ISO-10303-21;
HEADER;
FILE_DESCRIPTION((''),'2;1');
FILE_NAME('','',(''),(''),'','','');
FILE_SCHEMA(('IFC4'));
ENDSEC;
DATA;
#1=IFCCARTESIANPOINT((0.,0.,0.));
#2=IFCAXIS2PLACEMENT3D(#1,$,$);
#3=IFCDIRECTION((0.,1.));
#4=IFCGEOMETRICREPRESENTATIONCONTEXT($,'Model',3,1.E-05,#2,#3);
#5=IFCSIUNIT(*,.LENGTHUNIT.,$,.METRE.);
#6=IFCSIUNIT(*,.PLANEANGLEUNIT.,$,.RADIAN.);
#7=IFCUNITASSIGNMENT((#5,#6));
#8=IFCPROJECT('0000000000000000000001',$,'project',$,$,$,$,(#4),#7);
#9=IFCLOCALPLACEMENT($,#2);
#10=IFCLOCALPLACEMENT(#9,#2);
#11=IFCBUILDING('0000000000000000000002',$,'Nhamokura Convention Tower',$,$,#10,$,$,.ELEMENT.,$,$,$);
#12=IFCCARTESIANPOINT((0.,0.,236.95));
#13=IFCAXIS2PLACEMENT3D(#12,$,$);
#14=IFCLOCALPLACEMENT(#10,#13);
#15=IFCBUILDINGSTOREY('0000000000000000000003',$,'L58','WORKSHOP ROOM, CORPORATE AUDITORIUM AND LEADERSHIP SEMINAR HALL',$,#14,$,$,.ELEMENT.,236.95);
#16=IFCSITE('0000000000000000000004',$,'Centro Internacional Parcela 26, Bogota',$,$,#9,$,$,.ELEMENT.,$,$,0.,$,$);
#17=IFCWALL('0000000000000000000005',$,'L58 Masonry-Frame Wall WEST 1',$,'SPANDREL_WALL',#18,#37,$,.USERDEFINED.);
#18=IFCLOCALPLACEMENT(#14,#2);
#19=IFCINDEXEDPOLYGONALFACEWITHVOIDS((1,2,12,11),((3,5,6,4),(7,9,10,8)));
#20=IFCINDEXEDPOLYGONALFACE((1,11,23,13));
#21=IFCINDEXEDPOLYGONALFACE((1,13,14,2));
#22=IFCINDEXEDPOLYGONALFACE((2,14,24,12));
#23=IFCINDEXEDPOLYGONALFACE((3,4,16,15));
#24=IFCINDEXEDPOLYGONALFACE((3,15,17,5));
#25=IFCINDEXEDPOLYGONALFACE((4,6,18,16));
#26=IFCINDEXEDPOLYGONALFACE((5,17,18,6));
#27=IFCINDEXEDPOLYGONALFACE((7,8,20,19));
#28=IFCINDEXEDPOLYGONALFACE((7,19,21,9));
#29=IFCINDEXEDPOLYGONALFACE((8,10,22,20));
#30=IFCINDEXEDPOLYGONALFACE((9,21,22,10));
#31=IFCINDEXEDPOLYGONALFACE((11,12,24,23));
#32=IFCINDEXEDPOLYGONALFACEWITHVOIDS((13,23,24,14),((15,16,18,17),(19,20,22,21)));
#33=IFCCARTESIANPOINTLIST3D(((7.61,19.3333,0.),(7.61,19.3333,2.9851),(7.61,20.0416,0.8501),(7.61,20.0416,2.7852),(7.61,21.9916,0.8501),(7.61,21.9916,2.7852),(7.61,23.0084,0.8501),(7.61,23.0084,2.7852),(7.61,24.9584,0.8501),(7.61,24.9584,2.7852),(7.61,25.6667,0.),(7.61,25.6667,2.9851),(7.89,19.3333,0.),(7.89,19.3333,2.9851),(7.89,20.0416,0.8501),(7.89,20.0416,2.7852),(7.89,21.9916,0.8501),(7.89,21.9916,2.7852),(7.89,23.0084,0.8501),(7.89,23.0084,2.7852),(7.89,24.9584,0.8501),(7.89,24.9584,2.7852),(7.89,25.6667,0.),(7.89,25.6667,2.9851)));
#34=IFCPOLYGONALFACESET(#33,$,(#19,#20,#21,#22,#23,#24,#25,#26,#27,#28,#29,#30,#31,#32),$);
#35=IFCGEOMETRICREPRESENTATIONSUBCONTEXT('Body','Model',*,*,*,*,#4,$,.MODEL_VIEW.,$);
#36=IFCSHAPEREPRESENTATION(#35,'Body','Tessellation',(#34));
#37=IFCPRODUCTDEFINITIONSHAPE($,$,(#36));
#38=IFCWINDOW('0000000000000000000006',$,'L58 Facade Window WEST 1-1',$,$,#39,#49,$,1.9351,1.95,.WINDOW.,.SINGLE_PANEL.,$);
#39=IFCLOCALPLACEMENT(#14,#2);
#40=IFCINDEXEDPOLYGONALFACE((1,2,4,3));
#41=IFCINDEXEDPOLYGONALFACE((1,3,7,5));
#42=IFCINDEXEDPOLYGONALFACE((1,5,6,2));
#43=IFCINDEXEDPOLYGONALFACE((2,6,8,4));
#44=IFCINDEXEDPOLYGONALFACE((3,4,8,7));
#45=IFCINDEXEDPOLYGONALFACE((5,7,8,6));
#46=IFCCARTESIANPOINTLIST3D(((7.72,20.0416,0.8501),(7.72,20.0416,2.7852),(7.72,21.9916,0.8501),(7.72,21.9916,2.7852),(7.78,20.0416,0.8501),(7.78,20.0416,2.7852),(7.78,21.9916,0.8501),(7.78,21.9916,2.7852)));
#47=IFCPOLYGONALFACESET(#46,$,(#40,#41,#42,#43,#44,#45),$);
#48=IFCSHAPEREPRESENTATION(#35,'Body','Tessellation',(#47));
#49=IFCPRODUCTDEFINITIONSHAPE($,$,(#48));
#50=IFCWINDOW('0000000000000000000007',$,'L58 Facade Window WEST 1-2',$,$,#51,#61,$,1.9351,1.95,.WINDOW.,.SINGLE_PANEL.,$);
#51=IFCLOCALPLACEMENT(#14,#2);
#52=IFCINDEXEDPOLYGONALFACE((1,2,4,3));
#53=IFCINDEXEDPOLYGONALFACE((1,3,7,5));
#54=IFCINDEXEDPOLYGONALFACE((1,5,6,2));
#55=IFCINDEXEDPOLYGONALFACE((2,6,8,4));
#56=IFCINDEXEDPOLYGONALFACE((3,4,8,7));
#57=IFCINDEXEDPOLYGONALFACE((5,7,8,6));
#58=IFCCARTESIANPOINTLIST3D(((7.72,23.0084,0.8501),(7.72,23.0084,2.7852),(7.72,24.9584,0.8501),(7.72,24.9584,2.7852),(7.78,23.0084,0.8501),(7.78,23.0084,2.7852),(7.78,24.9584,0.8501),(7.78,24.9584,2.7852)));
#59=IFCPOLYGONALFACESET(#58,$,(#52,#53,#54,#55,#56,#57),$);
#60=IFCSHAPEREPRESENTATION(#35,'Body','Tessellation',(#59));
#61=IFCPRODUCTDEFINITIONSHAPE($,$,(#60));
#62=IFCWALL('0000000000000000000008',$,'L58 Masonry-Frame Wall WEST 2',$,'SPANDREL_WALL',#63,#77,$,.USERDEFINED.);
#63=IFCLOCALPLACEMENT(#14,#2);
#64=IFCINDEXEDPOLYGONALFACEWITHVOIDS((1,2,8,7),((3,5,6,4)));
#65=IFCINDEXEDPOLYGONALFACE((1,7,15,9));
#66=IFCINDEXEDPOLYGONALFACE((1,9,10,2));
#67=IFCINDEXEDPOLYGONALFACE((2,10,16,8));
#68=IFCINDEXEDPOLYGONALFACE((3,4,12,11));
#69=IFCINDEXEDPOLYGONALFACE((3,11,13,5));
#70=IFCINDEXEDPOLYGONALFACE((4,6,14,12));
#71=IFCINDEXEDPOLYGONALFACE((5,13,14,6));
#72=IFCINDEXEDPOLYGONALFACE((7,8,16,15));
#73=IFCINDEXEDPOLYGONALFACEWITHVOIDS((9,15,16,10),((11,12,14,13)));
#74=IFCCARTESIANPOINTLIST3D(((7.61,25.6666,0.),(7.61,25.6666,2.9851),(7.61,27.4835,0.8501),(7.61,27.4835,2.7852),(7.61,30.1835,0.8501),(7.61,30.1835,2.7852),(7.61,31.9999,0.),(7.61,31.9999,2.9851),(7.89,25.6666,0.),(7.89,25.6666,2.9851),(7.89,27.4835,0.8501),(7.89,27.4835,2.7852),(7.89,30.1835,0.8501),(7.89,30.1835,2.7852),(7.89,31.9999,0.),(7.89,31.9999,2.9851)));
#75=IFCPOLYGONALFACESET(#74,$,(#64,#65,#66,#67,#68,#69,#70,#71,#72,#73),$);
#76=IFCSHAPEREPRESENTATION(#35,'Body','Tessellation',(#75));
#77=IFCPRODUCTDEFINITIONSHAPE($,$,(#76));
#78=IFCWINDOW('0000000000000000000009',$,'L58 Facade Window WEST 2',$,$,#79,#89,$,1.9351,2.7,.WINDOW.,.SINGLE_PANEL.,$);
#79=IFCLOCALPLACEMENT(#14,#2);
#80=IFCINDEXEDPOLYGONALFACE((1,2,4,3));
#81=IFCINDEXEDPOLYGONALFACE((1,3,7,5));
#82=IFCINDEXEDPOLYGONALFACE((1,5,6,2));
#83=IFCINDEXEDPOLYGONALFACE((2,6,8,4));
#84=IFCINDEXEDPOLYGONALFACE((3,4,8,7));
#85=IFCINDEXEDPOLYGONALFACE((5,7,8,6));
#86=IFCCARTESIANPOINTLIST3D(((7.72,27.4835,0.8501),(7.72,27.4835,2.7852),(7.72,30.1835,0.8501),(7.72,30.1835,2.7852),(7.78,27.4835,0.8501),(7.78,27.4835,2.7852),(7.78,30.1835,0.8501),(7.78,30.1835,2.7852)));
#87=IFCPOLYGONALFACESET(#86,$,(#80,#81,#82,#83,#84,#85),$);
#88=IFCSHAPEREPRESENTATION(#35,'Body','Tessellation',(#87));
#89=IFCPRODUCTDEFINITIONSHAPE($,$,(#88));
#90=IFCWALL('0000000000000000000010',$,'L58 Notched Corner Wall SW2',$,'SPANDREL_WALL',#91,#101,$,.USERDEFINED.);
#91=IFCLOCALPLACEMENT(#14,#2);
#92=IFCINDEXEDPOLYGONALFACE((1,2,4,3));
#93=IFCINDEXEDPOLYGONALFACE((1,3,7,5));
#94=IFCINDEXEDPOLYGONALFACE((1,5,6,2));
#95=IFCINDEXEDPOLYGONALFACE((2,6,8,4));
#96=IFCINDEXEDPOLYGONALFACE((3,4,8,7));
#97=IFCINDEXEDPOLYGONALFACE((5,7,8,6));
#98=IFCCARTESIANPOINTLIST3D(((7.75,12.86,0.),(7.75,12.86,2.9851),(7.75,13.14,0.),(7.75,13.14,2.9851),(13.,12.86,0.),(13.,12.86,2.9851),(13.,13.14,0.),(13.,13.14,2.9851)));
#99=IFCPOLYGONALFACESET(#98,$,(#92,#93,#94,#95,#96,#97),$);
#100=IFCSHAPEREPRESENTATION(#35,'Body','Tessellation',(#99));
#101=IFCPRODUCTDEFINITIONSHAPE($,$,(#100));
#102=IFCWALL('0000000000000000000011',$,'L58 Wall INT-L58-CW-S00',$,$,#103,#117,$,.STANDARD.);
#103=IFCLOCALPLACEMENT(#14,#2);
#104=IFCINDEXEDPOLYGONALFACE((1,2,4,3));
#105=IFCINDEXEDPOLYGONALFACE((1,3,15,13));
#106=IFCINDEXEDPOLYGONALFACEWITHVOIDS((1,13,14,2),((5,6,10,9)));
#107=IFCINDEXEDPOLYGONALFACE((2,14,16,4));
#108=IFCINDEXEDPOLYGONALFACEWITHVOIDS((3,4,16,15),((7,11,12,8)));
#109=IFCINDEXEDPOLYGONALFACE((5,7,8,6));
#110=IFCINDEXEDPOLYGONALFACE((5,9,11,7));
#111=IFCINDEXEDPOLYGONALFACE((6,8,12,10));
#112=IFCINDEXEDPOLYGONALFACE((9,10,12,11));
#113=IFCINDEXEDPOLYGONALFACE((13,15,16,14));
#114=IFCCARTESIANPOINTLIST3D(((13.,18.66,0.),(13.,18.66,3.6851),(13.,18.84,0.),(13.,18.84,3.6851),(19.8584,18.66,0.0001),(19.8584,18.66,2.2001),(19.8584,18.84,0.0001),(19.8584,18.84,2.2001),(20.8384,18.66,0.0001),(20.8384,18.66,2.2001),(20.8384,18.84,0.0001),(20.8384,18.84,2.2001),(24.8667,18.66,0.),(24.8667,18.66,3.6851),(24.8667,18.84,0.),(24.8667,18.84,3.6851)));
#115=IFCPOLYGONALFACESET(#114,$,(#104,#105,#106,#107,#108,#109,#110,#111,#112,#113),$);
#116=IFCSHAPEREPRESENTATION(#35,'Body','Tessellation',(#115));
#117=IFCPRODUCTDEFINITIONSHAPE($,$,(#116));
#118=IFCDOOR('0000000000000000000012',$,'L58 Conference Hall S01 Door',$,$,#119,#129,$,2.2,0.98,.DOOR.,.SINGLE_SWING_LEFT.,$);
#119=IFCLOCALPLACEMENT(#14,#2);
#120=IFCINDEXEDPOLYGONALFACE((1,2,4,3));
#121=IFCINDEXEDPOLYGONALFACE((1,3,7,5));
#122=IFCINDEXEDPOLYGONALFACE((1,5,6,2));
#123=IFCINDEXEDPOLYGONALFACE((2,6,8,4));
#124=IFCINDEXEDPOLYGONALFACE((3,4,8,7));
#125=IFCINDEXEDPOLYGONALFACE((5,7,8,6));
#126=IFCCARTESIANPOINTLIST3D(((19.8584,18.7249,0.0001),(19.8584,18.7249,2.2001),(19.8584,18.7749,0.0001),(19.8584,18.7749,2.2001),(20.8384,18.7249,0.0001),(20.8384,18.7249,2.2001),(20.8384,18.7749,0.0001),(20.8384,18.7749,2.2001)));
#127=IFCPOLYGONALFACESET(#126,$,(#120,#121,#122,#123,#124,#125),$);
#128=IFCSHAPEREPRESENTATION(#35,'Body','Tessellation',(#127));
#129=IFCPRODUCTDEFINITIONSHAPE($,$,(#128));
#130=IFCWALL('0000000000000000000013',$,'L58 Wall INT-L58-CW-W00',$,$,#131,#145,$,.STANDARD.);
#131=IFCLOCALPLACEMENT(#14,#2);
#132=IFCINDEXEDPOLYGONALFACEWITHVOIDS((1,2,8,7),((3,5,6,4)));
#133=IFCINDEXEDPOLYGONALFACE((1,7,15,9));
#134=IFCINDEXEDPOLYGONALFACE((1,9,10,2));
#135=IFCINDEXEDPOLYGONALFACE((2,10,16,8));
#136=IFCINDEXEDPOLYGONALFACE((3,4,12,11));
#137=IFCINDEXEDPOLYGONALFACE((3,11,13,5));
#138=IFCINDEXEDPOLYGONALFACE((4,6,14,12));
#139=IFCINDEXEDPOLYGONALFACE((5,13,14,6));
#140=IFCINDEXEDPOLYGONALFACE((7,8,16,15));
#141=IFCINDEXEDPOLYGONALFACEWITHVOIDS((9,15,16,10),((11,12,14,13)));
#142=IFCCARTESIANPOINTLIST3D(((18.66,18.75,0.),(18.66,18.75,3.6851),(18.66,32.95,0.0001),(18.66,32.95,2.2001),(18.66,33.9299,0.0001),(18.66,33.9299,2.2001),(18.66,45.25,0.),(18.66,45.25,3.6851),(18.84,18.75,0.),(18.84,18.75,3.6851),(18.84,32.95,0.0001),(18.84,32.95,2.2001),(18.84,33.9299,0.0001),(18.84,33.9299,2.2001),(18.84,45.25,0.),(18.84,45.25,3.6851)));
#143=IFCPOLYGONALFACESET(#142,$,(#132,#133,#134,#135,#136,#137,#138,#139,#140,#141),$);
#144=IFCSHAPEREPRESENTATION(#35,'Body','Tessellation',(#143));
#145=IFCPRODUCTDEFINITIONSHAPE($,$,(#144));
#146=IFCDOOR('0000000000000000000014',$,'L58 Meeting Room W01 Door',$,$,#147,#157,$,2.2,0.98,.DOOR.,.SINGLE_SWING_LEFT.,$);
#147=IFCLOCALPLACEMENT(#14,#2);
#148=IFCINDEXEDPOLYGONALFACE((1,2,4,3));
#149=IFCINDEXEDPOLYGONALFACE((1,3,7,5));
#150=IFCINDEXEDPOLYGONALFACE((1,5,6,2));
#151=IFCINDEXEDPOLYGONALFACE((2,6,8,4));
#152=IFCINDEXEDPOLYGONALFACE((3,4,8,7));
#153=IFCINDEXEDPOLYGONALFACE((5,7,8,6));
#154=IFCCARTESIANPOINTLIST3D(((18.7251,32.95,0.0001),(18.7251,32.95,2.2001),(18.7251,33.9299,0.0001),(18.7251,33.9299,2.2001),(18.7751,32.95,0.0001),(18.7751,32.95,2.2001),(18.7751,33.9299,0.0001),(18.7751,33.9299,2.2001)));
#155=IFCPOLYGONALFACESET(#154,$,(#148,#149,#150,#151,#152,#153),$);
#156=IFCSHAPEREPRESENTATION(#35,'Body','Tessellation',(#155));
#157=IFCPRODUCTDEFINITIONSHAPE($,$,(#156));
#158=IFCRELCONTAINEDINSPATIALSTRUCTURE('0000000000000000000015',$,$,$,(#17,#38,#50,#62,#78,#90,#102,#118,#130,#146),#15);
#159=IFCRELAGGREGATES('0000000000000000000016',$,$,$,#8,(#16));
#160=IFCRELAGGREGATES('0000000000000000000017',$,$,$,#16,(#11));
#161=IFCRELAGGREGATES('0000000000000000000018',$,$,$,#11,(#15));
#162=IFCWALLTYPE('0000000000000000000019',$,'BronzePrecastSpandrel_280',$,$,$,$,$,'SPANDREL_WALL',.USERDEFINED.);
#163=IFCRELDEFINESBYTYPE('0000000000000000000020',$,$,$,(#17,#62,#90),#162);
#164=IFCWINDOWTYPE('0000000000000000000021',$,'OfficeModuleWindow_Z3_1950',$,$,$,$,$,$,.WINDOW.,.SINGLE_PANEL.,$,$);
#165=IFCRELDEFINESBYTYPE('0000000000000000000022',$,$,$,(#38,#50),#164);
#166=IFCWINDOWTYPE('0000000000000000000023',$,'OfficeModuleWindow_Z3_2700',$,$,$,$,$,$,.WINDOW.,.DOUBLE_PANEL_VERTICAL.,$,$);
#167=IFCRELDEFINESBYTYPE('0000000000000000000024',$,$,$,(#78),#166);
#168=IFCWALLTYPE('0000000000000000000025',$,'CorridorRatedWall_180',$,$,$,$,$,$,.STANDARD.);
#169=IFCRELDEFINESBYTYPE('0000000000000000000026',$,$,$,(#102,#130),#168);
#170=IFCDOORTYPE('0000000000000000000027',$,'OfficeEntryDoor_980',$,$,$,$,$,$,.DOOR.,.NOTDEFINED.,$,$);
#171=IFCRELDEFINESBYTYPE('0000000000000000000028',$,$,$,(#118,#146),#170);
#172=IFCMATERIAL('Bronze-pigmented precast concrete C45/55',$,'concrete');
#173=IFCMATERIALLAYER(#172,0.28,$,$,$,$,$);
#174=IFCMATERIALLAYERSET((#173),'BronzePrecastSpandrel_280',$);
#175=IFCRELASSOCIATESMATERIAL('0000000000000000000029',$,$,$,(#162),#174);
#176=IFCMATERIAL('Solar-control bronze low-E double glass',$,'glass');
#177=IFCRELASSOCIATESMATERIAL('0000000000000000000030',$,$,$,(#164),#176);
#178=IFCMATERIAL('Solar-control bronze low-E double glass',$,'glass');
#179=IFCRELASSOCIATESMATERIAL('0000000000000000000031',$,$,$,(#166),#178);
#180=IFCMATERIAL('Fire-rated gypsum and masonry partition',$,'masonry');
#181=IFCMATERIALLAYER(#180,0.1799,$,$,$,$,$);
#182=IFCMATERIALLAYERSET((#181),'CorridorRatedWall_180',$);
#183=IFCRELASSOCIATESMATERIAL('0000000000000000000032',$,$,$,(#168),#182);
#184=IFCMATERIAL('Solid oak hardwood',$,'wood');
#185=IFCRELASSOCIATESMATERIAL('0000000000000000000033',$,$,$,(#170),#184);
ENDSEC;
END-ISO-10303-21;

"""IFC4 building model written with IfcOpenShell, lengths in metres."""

from ifc_helpers import new_model, si_unit, direction, frame, frame_2d, origin, place, context, subcontext, project, spatial, rectangle, extrude, material, layer, layer_set, type_object, element, fill, save


model = new_model("IFC4")

# Units and contexts
model_context = context("Model", 3, precision=1e-05, world=origin(), true_north=direction((0.0, 1.0)))
body_context = subcontext(model_context, "Body", "Model", "MODEL_VIEW")
ifc_project = project(units=[si_unit("LENGTHUNIT", "METRE"), si_unit("PLANEANGLEUNIT", "RADIAN")], contexts=[model_context])

# Site, building, storey
site_placement = place(None, origin())
site = spatial("IfcSite", under=ifc_project, at=site_placement, Name="Centro Internacional Parcela 26, Bogota", CompositionType="ELEMENT", RefElevation=0.0)
building_placement = place(site_placement, origin())
building = spatial("IfcBuilding", under=site, at=building_placement, Name="Nhamokura Convention Tower", CompositionType="ELEMENT")
storey_placement = place(building_placement, frame((0.0, 0.0, 236.95)))
storey = spatial("IfcBuildingStorey", under=building, at=storey_placement, Name="L58", Description="WORKSHOP ROOM, CORPORATE AUDITORIUM AND LEADERSHIP SEMINAR HALL", CompositionType="ELEMENT", Elevation=236.95)

# Wall, openings, windows
ifc_material_1 = material(Name="Bronze-pigmented precast concrete C45/55", Category="concrete")
ifc_layer_1 = layer(ifc_material_1, 0.28)
ifc_layer_set_1 = layer_set([ifc_layer_1], Name="BronzePrecastSpandrel_280")
wall_type_1 = type_object("IfcWallType", Name="BronzePrecastSpandrel_280", ElementType="SPANDREL_WALL", PredefinedType="USERDEFINED", material=ifc_layer_set_1)
wall_1_placement = place(storey_placement, frame((7.75, 19.3333, 0.0), z_axis=(0.0, 0.0, 1.0), x_axis=(0.0, 1.0, 0.0)))
wall_1 = element("IfcWall", 1, at=wall_1_placement, inside=storey, type_object=wall_type_1, Name="L58 Masonry-Frame Wall WEST 1", ObjectType="SPANDREL_WALL", PredefinedType="USERDEFINED", context=body_context, shape_type="SweptSolid", body=[
    extrude(rectangle(XDim=6.3335, YDim=0.28, at=frame_2d((3.1667, 0.0))), origin(), (0.0, 0.0, 1.0), 2.9851),
])
opening_1_placement = place(wall_1_placement, frame((0.7083, 0.0, 0.8501)))
opening_1 = element("IfcOpeningElement", 2, at=opening_1_placement, cuts=wall_1, PredefinedType="OPENING", context=body_context, shape_type="SweptSolid", body=[
    extrude(rectangle(XDim=1.95, YDim=1.9351, at=frame_2d((0.9751, 0.9675))), frame((0.0, 0.1499, 0.0), z_axis=(0.0, -1.0, 0.0), x_axis=(1.0, 0.0, 0.0)), (0.0, 0.0, 1.0), 0.3),
])
opening_2_placement = place(wall_1_placement, frame((3.675, 0.0, 0.8501)))
opening_2 = element("IfcOpeningElement", 3, at=opening_2_placement, cuts=wall_1, PredefinedType="OPENING", context=body_context, shape_type="SweptSolid", body=[
    extrude(rectangle(XDim=1.95, YDim=1.9351, at=frame_2d((0.9751, 0.9675))), frame((0.0, 0.1499, 0.0), z_axis=(0.0, -1.0, 0.0), x_axis=(1.0, 0.0, 0.0)), (0.0, 0.0, 1.0), 0.3),
])
ifc_material_2 = material(Name="Solar-control bronze low-E double glass", Category="glass")
window_type_1 = type_object("IfcWindowType", Name="OfficeModuleWindow_Z3_1950", PartitioningType="SINGLE_PANEL", PredefinedType="WINDOW", material=ifc_material_2)
window_1_placement = place(opening_1_placement, origin())
window_1 = element("IfcWindow", 4, at=window_1_placement, inside=storey, type_object=window_type_1, Name="L58 Facade Window WEST 1-1", OverallHeight=1.9351, OverallWidth=1.95, PartitioningType="SINGLE_PANEL", PredefinedType="WINDOW", context=body_context, shape_type="SweptSolid", body=[
    extrude(rectangle(XDim=1.95, YDim=1.9351, at=frame_2d((0.9751, 0.9675))), frame((0.0, 0.03, 0.0), z_axis=(0.0, -1.0, 0.0), x_axis=(1.0, 0.0, 0.0)), (0.0, 0.0, 1.0), 0.0601),
])
fill(opening_1, window_1)
window_2_placement = place(opening_2_placement, origin())
window_2 = element("IfcWindow", 5, at=window_2_placement, inside=storey, type_object=window_type_1, Name="L58 Facade Window WEST 1-2", OverallHeight=1.9351, OverallWidth=1.95, PartitioningType="SINGLE_PANEL", PredefinedType="WINDOW", context=body_context, shape_type="SweptSolid", body=[
    extrude(rectangle(XDim=1.95, YDim=1.9351, at=frame_2d((0.9751, 0.9675))), frame((0.0, 0.03, 0.0), z_axis=(0.0, -1.0, 0.0), x_axis=(1.0, 0.0, 0.0)), (0.0, 0.0, 1.0), 0.0601),
])
fill(opening_2, window_2)

# Wall, opening, window
wall_2_placement = place(storey_placement, frame((7.75, 25.6667, 0.0), z_axis=(0.0, 0.0, 1.0), x_axis=(0.0, 1.0, 0.0)))
wall_2 = element("IfcWall", 6, at=wall_2_placement, inside=storey, type_object=wall_type_1, Name="L58 Masonry-Frame Wall WEST 2", ObjectType="SPANDREL_WALL", PredefinedType="USERDEFINED", context=body_context, shape_type="SweptSolid", body=[
    extrude(rectangle(XDim=6.3333, YDim=0.28, at=frame_2d((3.1665, 0.0))), origin(), (0.0, 0.0, 1.0), 2.9851),
])
opening_3_placement = place(wall_2_placement, frame((1.8167, 0.0, 0.8501)))
opening_3 = element("IfcOpeningElement", 7, at=opening_3_placement, cuts=wall_2, PredefinedType="OPENING", context=body_context, shape_type="SweptSolid", body=[
    extrude(rectangle(XDim=2.7, YDim=1.9351, at=frame_2d((1.3501, 0.9675))), frame((0.0, 0.1499, 0.0), z_axis=(0.0, -1.0, 0.0), x_axis=(1.0, 0.0, 0.0)), (0.0, 0.0, 1.0), 0.3),
])
ifc_material_3 = material(Name="Solar-control bronze low-E double glass", Category="glass")
window_type_2 = type_object("IfcWindowType", Name="OfficeModuleWindow_Z3_2700", PartitioningType="DOUBLE_PANEL_VERTICAL", PredefinedType="WINDOW", material=ifc_material_3)
window_3_placement = place(opening_3_placement, origin())
window_3 = element("IfcWindow", 8, at=window_3_placement, inside=storey, type_object=window_type_2, Name="L58 Facade Window WEST 2", OverallHeight=1.9351, OverallWidth=2.7, PartitioningType="SINGLE_PANEL", PredefinedType="WINDOW", context=body_context, shape_type="SweptSolid", body=[
    extrude(rectangle(XDim=2.7, YDim=1.9351, at=frame_2d((1.3501, 0.9675))), frame((0.0, 0.03, 0.0), z_axis=(0.0, -1.0, 0.0), x_axis=(1.0, 0.0, 0.0)), (0.0, 0.0, 1.0), 0.0601),
])
fill(opening_3, window_3)

# Wall
wall_3_placement = place(storey_placement, frame((13.0, 13.0, 0.0), z_axis=(0.0, 0.0, 1.0), x_axis=(-1.0, 0.0, 0.0)))
element("IfcWall", 9, at=wall_3_placement, inside=storey, type_object=wall_type_1, Name="L58 Notched Corner Wall SW2", ObjectType="SPANDREL_WALL", PredefinedType="USERDEFINED", context=body_context, shape_type="SweptSolid", body=[
    extrude(rectangle(XDim=5.25, YDim=0.28, at=frame_2d((2.625, 0.0))), origin(), (0.0, 0.0, 1.0), 2.9851),
])

# Walls, openings, doors
ifc_material_4 = material(Name="Fire-rated gypsum and masonry partition", Category="masonry")
ifc_layer_2 = layer(ifc_material_4, 0.1799)
ifc_layer_set_2 = layer_set([ifc_layer_2], Name="CorridorRatedWall_180")
wall_type_2 = type_object("IfcWallType", Name="CorridorRatedWall_180", PredefinedType="STANDARD", material=ifc_layer_set_2)
wall_4_placement = place(storey_placement, frame((13.0, 18.75, 0.0), z_axis=(0.0, 0.0, 1.0), x_axis=(1.0, 0.0, 0.0)))
wall_4 = element("IfcWall", 10, at=wall_4_placement, inside=storey, type_object=wall_type_2, Name="L58 Wall INT-L58-CW-S00", PredefinedType="STANDARD", context=body_context, shape_type="SweptSolid", body=[
    extrude(rectangle(XDim=11.8667, YDim=0.1799, at=frame_2d((5.9333, 0.0))), origin(), (0.0, 0.0, 1.0), 3.6851),
])
opening_4_placement = place(wall_4_placement, frame((6.8584, 0.0, 0.0)))
opening_4 = element("IfcOpeningElement", 11, at=opening_4_placement, cuts=wall_4, PredefinedType="OPENING", context=body_context, shape_type="SweptSolid", body=[
    extrude(rectangle(XDim=0.98, YDim=2.2, at=frame_2d((0.49, 1.1001))), frame((0.0, 0.0999, 0.0), z_axis=(0.0, -1.0, 0.0), x_axis=(1.0, 0.0, 0.0)), (0.0, 0.0, 1.0), 0.2),
])
ifc_material_5 = material(Name="Solid oak hardwood", Category="wood")
door_type = type_object("IfcDoorType", Name="OfficeEntryDoor_980", OperationType="NOTDEFINED", PredefinedType="DOOR", material=ifc_material_5)
door_1_placement = place(opening_4_placement, origin())
door_1 = element("IfcDoor", 12, at=door_1_placement, inside=storey, type_object=door_type, Name="L58 Conference Hall S01 Door", OperationType="SINGLE_SWING_LEFT", OverallHeight=2.2, OverallWidth=0.98, PredefinedType="DOOR", context=body_context, shape_type="SweptSolid", body=[
    extrude(rectangle(XDim=0.98, YDim=2.2, at=frame_2d((0.49, 1.1001))), frame((0.0, 0.0249, 0.0), z_axis=(0.0, -1.0, 0.0), x_axis=(1.0, 0.0, 0.0)), (0.0, 0.0, 1.0), 0.05),
])
fill(opening_4, door_1)
wall_5_placement = place(storey_placement, frame((18.75, 18.75, 0.0), z_axis=(0.0, 0.0, 1.0), x_axis=(0.0, 1.0, 0.0)))
wall_5 = element("IfcWall", 13, at=wall_5_placement, inside=storey, type_object=wall_type_2, Name="L58 Wall INT-L58-CW-W00", PredefinedType="STANDARD", context=body_context, shape_type="SweptSolid", body=[
    extrude(rectangle(XDim=26.5, YDim=0.1799, at=frame_2d((13.25, 0.0))), origin(), (0.0, 0.0, 1.0), 3.6851),
])
opening_5_placement = place(wall_5_placement, frame((14.2, 0.0, 0.0)))
opening_5 = element("IfcOpeningElement", 14, at=opening_5_placement, cuts=wall_5, PredefinedType="OPENING", context=body_context, shape_type="SweptSolid", body=[
    extrude(rectangle(XDim=0.98, YDim=2.2, at=frame_2d((0.49, 1.1001))), frame((0.0, 0.0999, 0.0), z_axis=(0.0, -1.0, 0.0), x_axis=(1.0, 0.0, 0.0)), (0.0, 0.0, 1.0), 0.2),
])
door_2_placement = place(opening_5_placement, origin())
door_2 = element("IfcDoor", 15, at=door_2_placement, inside=storey, type_object=door_type, Name="L58 Meeting Room W01 Door", OperationType="SINGLE_SWING_LEFT", OverallHeight=2.2, OverallWidth=0.98, PredefinedType="DOOR", context=body_context, shape_type="SweptSolid", body=[
    extrude(rectangle(XDim=0.98, YDim=2.2, at=frame_2d((0.49, 1.1001))), frame((0.0, 0.0249, 0.0), z_axis=(0.0, -1.0, 0.0), x_axis=(1.0, 0.0, 0.0)), (0.0, 0.0, 1.0), 0.05),
])
fill(opening_5, door_2)

save(model, "model.ifc")
